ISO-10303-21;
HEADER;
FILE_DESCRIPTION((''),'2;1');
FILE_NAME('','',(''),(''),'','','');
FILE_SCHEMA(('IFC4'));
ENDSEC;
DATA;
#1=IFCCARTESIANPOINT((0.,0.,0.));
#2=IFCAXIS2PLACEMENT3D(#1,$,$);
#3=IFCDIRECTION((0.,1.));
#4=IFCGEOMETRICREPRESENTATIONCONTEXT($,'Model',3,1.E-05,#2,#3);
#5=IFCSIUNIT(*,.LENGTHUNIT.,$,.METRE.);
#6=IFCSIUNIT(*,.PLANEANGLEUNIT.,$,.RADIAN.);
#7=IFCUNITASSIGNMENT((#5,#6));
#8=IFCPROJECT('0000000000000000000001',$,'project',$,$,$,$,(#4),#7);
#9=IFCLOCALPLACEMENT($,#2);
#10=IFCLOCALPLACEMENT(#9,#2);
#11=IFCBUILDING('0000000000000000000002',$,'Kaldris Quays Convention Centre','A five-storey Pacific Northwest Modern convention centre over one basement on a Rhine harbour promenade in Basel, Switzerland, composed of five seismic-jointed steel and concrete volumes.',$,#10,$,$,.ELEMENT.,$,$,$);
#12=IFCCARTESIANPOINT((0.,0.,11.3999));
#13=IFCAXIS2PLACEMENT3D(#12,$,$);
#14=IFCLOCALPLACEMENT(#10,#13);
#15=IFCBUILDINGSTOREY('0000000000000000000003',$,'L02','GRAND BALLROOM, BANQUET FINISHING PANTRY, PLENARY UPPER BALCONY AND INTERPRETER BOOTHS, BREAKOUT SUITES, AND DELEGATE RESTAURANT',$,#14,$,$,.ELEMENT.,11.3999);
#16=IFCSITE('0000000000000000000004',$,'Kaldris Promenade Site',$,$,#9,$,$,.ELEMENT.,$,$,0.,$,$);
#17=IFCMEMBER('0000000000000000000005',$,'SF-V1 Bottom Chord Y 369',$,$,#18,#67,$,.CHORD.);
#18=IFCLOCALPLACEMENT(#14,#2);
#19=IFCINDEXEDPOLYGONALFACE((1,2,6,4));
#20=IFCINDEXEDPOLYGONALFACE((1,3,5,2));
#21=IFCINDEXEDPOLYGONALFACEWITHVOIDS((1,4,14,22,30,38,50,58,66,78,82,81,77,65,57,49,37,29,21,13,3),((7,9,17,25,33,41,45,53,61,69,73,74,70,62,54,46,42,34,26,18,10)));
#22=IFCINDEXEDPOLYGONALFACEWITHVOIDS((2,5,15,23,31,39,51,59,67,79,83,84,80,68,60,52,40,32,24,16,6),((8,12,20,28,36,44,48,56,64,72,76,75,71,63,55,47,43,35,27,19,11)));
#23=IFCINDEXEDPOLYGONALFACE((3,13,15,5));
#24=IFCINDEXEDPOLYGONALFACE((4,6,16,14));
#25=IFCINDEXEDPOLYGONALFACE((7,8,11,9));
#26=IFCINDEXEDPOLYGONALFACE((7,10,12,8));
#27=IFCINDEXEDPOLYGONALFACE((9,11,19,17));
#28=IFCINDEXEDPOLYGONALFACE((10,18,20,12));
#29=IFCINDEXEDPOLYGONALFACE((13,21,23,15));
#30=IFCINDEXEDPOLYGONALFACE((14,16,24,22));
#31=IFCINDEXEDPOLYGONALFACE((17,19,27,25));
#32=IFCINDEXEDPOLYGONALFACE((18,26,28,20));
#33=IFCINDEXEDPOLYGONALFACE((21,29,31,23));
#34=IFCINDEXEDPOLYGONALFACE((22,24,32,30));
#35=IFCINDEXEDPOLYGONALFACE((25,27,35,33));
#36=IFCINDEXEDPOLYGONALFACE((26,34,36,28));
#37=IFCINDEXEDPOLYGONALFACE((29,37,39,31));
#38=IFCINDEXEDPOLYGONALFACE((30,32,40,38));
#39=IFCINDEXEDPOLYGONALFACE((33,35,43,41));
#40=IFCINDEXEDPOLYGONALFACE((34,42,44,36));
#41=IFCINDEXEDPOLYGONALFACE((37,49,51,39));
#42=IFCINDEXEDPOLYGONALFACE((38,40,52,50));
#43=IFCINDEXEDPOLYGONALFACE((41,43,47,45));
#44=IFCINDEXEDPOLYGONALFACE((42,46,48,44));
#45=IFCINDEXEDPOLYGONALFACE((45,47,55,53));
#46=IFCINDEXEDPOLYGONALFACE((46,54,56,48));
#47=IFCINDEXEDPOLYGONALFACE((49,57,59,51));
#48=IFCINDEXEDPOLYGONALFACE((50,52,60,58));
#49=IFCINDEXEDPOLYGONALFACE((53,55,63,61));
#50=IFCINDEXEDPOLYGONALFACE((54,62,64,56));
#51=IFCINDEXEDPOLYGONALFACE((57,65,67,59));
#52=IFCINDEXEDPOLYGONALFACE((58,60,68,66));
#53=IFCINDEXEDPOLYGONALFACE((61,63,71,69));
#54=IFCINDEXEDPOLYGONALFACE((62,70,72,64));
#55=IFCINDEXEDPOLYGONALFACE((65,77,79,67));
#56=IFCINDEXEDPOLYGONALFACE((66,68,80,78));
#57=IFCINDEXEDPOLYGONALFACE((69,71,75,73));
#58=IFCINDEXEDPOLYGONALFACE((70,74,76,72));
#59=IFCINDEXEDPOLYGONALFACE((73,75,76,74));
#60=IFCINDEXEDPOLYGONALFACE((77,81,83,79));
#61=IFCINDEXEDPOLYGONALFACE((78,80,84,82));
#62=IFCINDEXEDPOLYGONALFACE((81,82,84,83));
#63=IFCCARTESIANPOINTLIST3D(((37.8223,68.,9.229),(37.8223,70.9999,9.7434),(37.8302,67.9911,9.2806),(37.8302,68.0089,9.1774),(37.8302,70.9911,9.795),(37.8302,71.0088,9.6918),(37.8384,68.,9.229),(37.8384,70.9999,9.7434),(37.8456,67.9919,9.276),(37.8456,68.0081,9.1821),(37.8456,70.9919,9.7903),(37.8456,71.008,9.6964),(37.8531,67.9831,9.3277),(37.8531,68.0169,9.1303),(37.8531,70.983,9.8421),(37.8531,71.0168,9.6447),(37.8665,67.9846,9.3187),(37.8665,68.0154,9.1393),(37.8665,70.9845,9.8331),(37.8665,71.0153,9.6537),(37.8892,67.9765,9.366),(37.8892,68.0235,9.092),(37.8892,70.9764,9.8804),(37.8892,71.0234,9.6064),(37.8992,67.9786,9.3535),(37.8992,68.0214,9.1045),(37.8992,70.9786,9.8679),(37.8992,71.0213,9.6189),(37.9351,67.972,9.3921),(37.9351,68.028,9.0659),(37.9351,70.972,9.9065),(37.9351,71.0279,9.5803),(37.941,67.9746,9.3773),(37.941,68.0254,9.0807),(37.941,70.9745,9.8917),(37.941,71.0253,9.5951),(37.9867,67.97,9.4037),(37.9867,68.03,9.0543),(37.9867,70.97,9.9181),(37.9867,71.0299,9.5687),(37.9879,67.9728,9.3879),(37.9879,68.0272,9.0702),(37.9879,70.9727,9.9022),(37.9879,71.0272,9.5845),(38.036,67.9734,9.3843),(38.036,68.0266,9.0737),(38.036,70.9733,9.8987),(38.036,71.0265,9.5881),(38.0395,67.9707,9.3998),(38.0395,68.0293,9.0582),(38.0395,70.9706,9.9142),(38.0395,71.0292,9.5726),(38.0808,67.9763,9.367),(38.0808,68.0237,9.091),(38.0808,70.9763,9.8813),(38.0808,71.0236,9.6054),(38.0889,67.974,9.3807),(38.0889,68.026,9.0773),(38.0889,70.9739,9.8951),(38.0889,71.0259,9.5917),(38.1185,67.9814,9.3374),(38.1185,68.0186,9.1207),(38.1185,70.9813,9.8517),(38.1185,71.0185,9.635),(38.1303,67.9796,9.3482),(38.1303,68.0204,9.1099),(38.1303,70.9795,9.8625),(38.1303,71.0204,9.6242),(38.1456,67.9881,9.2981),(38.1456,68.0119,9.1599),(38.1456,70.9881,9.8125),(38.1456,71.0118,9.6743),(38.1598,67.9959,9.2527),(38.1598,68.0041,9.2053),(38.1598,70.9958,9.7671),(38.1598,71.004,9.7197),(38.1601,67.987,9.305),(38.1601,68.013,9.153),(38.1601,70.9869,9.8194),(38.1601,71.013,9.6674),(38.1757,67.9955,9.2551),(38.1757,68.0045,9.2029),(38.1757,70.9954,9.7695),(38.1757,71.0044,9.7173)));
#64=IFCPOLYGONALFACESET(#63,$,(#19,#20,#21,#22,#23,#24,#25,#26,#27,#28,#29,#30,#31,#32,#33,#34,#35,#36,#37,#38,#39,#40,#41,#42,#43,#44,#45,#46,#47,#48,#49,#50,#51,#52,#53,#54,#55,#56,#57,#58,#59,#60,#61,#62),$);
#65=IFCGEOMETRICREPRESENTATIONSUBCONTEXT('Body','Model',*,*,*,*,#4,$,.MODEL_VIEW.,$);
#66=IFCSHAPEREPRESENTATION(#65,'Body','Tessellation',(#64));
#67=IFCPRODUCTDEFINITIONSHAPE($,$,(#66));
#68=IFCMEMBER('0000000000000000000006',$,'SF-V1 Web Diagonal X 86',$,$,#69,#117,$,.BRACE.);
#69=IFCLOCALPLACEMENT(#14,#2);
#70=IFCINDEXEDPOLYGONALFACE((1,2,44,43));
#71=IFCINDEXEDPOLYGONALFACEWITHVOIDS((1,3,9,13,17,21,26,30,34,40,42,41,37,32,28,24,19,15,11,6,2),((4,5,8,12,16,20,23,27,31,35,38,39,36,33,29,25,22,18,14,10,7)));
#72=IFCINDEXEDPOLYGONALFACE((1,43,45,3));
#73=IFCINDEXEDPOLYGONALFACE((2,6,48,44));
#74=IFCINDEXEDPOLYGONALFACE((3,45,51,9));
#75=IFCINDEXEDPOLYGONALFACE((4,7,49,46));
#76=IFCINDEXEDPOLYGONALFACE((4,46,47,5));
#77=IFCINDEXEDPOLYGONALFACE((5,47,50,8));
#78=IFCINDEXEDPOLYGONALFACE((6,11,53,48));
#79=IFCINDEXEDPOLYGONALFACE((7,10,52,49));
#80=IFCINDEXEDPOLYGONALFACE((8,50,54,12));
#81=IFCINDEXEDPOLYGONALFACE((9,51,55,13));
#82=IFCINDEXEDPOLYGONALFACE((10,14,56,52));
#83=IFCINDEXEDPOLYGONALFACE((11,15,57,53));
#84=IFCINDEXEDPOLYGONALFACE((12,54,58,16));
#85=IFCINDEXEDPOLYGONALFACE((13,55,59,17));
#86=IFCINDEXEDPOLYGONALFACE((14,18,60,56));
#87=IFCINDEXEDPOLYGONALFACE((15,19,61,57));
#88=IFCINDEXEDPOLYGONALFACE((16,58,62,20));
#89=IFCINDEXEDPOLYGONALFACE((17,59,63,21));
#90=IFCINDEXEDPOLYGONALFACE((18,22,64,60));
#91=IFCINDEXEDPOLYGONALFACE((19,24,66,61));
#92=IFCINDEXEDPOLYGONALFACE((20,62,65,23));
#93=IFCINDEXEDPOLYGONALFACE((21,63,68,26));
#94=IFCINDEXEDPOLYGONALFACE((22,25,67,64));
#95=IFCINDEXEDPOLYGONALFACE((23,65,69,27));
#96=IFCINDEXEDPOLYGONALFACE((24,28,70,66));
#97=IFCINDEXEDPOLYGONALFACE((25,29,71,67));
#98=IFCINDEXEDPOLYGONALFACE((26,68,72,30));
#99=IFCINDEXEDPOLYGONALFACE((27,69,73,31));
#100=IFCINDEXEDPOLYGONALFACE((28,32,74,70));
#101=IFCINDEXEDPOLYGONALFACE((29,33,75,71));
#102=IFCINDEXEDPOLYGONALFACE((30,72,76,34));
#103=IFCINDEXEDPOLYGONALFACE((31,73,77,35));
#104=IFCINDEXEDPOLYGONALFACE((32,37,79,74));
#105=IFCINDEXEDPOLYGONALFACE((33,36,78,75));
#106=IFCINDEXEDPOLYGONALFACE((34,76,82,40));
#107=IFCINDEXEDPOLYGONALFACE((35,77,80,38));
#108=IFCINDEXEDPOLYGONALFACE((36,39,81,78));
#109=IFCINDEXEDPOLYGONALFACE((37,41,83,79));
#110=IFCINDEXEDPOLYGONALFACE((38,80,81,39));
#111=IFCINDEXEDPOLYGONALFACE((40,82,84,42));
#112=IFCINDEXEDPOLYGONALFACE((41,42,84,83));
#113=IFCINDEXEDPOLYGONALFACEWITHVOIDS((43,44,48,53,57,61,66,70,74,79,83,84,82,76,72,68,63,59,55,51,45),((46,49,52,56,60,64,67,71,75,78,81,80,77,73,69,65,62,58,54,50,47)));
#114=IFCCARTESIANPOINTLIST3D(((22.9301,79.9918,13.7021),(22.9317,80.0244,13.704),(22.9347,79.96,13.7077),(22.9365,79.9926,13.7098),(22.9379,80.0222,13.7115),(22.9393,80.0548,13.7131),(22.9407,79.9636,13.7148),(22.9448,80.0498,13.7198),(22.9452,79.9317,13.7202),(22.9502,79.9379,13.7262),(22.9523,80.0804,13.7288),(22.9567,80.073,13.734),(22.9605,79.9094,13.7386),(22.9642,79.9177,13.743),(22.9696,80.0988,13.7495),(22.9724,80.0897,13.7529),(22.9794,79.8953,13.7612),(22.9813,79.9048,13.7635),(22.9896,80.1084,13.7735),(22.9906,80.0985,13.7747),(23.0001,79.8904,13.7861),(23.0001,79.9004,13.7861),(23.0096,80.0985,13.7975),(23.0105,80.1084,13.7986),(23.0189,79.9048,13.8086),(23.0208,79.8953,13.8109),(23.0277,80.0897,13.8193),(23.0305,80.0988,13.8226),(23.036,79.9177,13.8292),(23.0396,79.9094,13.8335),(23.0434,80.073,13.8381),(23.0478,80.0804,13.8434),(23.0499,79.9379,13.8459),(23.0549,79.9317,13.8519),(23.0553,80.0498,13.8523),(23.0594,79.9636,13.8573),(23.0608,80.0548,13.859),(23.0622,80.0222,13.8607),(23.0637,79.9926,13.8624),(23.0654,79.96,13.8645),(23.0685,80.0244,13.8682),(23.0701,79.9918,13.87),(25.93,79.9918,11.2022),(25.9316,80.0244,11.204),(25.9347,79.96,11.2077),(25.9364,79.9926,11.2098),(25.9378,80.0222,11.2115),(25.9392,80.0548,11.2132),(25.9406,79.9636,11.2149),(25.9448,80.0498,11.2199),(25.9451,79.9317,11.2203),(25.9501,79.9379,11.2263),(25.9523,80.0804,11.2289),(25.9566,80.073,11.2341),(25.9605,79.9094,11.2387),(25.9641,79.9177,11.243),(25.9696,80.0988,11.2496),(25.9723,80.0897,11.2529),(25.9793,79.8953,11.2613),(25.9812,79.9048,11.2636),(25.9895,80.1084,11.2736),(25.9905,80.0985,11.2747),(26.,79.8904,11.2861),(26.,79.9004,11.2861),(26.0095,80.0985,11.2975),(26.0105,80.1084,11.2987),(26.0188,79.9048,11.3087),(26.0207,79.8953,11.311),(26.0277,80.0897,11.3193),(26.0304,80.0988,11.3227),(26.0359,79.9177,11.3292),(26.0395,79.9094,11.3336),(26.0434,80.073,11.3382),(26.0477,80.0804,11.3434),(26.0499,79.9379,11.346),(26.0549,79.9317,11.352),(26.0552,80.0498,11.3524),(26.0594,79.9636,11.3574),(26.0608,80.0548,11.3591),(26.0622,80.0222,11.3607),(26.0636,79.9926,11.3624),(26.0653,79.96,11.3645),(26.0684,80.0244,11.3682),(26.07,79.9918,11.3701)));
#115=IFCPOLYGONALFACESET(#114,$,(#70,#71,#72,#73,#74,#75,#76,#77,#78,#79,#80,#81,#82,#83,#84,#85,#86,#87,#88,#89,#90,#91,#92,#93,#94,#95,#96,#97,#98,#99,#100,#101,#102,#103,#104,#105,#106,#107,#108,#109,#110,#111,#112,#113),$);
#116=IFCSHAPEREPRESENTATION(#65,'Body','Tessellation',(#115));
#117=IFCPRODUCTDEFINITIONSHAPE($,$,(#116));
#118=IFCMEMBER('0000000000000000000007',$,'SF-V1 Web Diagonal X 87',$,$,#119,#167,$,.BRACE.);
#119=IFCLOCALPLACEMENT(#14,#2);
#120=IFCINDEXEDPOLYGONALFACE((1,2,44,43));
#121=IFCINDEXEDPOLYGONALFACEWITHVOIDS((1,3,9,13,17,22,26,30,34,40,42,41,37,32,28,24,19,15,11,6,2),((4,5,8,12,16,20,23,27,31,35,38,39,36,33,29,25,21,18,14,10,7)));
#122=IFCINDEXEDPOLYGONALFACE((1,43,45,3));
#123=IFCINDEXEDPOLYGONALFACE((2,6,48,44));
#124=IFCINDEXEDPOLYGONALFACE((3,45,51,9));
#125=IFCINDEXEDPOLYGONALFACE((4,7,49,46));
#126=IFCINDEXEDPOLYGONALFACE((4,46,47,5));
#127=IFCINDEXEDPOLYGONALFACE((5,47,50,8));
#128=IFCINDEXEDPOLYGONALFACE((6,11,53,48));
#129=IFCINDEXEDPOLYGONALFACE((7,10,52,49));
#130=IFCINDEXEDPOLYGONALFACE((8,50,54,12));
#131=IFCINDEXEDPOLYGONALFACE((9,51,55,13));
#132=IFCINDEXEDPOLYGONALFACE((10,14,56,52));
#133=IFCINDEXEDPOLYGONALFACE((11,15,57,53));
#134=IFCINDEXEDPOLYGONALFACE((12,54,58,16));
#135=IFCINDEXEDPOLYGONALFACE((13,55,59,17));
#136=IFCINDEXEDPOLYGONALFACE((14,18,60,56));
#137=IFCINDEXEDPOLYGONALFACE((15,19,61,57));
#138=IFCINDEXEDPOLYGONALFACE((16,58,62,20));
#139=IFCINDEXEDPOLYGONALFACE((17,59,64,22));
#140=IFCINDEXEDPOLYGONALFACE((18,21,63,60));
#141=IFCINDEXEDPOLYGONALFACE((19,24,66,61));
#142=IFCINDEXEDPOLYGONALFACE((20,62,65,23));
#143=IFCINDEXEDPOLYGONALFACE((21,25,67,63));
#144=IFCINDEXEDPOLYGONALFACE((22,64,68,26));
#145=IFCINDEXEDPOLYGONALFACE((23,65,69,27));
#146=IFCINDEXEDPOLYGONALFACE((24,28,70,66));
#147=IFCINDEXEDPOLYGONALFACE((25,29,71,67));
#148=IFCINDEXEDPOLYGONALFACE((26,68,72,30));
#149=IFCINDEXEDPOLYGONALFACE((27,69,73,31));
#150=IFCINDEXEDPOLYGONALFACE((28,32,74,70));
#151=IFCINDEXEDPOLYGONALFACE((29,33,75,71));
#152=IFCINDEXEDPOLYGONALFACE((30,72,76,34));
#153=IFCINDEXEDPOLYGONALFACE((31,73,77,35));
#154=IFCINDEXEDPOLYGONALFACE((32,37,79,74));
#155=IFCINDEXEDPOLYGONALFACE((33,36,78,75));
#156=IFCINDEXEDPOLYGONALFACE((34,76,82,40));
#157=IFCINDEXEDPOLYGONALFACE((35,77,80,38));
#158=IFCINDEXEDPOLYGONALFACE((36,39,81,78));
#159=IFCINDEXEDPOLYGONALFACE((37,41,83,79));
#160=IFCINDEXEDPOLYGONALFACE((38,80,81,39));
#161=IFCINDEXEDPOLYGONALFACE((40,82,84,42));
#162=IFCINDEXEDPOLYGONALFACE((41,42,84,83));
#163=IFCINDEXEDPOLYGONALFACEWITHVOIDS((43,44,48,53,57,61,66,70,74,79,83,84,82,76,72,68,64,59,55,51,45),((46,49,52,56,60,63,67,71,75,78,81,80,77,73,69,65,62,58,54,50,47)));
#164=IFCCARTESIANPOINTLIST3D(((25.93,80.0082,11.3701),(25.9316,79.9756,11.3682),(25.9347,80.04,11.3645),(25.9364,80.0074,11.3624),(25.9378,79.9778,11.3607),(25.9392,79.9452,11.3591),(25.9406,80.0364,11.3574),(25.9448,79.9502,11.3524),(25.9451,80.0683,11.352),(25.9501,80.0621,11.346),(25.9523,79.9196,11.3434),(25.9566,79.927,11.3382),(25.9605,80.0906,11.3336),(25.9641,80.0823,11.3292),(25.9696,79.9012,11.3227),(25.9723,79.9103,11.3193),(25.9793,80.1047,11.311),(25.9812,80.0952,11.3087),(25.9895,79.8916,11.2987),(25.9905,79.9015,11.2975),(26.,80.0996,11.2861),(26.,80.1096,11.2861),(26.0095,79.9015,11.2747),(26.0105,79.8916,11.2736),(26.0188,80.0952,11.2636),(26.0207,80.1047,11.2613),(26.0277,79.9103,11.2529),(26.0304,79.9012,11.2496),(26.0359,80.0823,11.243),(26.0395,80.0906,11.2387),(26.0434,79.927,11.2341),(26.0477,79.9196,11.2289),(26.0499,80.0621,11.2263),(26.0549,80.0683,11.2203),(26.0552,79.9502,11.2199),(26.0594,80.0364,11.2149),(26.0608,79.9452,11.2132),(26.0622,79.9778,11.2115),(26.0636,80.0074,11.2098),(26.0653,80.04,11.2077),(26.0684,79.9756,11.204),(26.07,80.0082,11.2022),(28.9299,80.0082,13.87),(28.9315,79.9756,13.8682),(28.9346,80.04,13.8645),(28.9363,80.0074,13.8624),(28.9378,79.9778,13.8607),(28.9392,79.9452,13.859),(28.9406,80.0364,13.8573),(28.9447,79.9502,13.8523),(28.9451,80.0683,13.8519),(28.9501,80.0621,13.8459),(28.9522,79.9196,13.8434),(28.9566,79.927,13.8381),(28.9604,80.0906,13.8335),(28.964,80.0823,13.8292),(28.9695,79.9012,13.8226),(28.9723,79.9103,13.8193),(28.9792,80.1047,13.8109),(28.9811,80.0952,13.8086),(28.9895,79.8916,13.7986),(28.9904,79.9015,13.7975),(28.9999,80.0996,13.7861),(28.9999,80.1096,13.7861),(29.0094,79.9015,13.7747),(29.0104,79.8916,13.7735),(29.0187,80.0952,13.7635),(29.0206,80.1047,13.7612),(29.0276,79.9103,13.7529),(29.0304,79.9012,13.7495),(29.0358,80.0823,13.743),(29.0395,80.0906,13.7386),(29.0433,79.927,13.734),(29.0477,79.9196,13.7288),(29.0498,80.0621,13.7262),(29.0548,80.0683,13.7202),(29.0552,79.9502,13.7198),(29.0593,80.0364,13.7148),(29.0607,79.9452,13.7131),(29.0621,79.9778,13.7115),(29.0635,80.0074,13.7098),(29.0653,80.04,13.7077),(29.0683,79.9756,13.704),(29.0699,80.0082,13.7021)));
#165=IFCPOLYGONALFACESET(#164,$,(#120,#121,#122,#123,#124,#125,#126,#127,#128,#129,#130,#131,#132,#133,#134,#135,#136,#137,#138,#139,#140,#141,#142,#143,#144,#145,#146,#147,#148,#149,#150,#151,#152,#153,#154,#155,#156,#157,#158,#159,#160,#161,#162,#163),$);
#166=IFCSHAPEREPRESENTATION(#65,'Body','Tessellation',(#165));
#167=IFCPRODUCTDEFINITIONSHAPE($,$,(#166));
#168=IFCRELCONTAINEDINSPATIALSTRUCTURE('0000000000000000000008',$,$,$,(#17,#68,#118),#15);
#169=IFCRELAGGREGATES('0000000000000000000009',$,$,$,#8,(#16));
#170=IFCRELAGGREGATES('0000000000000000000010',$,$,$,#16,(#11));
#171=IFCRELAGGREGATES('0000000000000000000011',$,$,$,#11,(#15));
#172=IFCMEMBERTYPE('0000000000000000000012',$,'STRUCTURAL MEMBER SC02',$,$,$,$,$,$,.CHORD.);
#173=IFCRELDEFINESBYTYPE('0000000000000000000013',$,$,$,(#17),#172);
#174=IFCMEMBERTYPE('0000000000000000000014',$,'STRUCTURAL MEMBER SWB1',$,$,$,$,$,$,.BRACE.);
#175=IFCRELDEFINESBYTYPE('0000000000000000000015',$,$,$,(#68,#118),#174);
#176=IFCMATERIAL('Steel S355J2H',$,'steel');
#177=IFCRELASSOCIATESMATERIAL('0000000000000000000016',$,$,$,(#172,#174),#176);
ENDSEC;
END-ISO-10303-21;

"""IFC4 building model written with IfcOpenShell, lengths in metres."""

from ifc_helpers import new_model, si_unit, direction, frame, origin, origin_2d, place, context, subcontext, project, spatial, hollow_circle, extrude, material, material_profile, profile_set, type_object, element, save


model = new_model("IFC4")

# Units and contexts
model_context = context("Model", 3, precision=1e-05, world=origin(), true_north=direction((0.0, 1.0)))
body_context = subcontext(model_context, "Body", "Model", "MODEL_VIEW")
ifc_project = project(units=[si_unit("LENGTHUNIT", "METRE"), si_unit("PLANEANGLEUNIT", "RADIAN")], contexts=[model_context])

# Site, building, storey
site_placement = place(None, origin())
site = spatial("IfcSite", under=ifc_project, at=site_placement, Name="Kaldris Promenade Site", CompositionType="ELEMENT", RefElevation=0.0)
building_placement = place(site_placement, origin())
building = spatial("IfcBuilding", under=site, at=building_placement, Name="Kaldris Quays Convention Centre", Description="A five-storey Pacific Northwest Modern convention centre over one basement on a Rhine harbour promenade in Basel, Switzerland, composed of five seismic-jointed steel and concrete volumes.", CompositionType="ELEMENT")
storey_placement = place(building_placement, frame((0.0, 0.0, 11.3999)))
storey = spatial("IfcBuildingStorey", under=building, at=storey_placement, Name="L02", Description="GRAND BALLROOM, BANQUET FINISHING PANTRY, PLENARY UPPER BALCONY AND INTERPRETER BOOTHS, BREAKOUT SUITES, AND DELEGATE RESTAURANT", CompositionType="ELEMENT", Elevation=11.3999)

# Members
ifc_material_1 = material(Name="Steel S355J2H", Category="steel")
ifc_material_profile_1 = material_profile(ifc_material_1, hollow_circle(Radius=0.1777, WallThickness=0.0161, at=origin_2d()), Name="CHS 355.6x16")
ifc_profile_set_1 = profile_set([ifc_material_profile_1], Name="Steel S355J2H")
member_type_1 = type_object("IfcMemberType", Name="STRUCTURAL MEMBER SC02", PredefinedType="CHORD", material=ifc_profile_set_1)
for number, where, z_axis, x_axis, name in (
    (1, (38.0, 68.0, 9.229), (0.0, 0.985616, 0.169002), (-1.0, 0.0, 0.0), "SF-V1 Bottom Chord Y 369"),
):
    element("IfcMember", number, at=place(storey_placement, frame(where, z_axis=z_axis, x_axis=x_axis)), inside=storey, type_object=member_type_1, Name=name, PredefinedType="CHORD", context=body_context, shape_type="SweptSolid", body=[
        extrude(hollow_circle(Radius=0.1777, WallThickness=0.0161, at=origin_2d()), origin(), (0.0, 0.0, 1.0), 3.0437),
    ])
ifc_material_profile_2 = material_profile(ifc_material_1, hollow_circle(Radius=0.1096, WallThickness=0.01, at=origin_2d()), Name="CHS 219.1x10")
ifc_profile_set_2 = profile_set([ifc_material_profile_2], Name="Steel S355J2H")
member_type_2 = type_object("IfcMemberType", Name="STRUCTURAL MEMBER SWB1", PredefinedType="BRACE", material=ifc_profile_set_2)
for number, where, z_axis, x_axis, name in (
    (2, (26.0, 80.0, 11.2861), (-0.768221, 0.0, 0.640184), (0.0, -1.0, 0.0), "SF-V1 Web Diagonal X 86"),
    (3, (26.0, 80.0, 11.2861), (0.768221, 0.0, 0.640184), (0.0, 1.0, 0.0), "SF-V1 Web Diagonal X 87"),
):
    element("IfcMember", number, at=place(storey_placement, frame(where, z_axis=z_axis, x_axis=x_axis)), inside=storey, type_object=member_type_2, Name=name, PredefinedType="BRACE", context=body_context, shape_type="SweptSolid", body=[
        extrude(hollow_circle(Radius=0.1096, WallThickness=0.01, at=origin_2d()), origin(), (0.0, 0.0, 1.0), 3.905),
    ])

save(model, "model.ifc")
